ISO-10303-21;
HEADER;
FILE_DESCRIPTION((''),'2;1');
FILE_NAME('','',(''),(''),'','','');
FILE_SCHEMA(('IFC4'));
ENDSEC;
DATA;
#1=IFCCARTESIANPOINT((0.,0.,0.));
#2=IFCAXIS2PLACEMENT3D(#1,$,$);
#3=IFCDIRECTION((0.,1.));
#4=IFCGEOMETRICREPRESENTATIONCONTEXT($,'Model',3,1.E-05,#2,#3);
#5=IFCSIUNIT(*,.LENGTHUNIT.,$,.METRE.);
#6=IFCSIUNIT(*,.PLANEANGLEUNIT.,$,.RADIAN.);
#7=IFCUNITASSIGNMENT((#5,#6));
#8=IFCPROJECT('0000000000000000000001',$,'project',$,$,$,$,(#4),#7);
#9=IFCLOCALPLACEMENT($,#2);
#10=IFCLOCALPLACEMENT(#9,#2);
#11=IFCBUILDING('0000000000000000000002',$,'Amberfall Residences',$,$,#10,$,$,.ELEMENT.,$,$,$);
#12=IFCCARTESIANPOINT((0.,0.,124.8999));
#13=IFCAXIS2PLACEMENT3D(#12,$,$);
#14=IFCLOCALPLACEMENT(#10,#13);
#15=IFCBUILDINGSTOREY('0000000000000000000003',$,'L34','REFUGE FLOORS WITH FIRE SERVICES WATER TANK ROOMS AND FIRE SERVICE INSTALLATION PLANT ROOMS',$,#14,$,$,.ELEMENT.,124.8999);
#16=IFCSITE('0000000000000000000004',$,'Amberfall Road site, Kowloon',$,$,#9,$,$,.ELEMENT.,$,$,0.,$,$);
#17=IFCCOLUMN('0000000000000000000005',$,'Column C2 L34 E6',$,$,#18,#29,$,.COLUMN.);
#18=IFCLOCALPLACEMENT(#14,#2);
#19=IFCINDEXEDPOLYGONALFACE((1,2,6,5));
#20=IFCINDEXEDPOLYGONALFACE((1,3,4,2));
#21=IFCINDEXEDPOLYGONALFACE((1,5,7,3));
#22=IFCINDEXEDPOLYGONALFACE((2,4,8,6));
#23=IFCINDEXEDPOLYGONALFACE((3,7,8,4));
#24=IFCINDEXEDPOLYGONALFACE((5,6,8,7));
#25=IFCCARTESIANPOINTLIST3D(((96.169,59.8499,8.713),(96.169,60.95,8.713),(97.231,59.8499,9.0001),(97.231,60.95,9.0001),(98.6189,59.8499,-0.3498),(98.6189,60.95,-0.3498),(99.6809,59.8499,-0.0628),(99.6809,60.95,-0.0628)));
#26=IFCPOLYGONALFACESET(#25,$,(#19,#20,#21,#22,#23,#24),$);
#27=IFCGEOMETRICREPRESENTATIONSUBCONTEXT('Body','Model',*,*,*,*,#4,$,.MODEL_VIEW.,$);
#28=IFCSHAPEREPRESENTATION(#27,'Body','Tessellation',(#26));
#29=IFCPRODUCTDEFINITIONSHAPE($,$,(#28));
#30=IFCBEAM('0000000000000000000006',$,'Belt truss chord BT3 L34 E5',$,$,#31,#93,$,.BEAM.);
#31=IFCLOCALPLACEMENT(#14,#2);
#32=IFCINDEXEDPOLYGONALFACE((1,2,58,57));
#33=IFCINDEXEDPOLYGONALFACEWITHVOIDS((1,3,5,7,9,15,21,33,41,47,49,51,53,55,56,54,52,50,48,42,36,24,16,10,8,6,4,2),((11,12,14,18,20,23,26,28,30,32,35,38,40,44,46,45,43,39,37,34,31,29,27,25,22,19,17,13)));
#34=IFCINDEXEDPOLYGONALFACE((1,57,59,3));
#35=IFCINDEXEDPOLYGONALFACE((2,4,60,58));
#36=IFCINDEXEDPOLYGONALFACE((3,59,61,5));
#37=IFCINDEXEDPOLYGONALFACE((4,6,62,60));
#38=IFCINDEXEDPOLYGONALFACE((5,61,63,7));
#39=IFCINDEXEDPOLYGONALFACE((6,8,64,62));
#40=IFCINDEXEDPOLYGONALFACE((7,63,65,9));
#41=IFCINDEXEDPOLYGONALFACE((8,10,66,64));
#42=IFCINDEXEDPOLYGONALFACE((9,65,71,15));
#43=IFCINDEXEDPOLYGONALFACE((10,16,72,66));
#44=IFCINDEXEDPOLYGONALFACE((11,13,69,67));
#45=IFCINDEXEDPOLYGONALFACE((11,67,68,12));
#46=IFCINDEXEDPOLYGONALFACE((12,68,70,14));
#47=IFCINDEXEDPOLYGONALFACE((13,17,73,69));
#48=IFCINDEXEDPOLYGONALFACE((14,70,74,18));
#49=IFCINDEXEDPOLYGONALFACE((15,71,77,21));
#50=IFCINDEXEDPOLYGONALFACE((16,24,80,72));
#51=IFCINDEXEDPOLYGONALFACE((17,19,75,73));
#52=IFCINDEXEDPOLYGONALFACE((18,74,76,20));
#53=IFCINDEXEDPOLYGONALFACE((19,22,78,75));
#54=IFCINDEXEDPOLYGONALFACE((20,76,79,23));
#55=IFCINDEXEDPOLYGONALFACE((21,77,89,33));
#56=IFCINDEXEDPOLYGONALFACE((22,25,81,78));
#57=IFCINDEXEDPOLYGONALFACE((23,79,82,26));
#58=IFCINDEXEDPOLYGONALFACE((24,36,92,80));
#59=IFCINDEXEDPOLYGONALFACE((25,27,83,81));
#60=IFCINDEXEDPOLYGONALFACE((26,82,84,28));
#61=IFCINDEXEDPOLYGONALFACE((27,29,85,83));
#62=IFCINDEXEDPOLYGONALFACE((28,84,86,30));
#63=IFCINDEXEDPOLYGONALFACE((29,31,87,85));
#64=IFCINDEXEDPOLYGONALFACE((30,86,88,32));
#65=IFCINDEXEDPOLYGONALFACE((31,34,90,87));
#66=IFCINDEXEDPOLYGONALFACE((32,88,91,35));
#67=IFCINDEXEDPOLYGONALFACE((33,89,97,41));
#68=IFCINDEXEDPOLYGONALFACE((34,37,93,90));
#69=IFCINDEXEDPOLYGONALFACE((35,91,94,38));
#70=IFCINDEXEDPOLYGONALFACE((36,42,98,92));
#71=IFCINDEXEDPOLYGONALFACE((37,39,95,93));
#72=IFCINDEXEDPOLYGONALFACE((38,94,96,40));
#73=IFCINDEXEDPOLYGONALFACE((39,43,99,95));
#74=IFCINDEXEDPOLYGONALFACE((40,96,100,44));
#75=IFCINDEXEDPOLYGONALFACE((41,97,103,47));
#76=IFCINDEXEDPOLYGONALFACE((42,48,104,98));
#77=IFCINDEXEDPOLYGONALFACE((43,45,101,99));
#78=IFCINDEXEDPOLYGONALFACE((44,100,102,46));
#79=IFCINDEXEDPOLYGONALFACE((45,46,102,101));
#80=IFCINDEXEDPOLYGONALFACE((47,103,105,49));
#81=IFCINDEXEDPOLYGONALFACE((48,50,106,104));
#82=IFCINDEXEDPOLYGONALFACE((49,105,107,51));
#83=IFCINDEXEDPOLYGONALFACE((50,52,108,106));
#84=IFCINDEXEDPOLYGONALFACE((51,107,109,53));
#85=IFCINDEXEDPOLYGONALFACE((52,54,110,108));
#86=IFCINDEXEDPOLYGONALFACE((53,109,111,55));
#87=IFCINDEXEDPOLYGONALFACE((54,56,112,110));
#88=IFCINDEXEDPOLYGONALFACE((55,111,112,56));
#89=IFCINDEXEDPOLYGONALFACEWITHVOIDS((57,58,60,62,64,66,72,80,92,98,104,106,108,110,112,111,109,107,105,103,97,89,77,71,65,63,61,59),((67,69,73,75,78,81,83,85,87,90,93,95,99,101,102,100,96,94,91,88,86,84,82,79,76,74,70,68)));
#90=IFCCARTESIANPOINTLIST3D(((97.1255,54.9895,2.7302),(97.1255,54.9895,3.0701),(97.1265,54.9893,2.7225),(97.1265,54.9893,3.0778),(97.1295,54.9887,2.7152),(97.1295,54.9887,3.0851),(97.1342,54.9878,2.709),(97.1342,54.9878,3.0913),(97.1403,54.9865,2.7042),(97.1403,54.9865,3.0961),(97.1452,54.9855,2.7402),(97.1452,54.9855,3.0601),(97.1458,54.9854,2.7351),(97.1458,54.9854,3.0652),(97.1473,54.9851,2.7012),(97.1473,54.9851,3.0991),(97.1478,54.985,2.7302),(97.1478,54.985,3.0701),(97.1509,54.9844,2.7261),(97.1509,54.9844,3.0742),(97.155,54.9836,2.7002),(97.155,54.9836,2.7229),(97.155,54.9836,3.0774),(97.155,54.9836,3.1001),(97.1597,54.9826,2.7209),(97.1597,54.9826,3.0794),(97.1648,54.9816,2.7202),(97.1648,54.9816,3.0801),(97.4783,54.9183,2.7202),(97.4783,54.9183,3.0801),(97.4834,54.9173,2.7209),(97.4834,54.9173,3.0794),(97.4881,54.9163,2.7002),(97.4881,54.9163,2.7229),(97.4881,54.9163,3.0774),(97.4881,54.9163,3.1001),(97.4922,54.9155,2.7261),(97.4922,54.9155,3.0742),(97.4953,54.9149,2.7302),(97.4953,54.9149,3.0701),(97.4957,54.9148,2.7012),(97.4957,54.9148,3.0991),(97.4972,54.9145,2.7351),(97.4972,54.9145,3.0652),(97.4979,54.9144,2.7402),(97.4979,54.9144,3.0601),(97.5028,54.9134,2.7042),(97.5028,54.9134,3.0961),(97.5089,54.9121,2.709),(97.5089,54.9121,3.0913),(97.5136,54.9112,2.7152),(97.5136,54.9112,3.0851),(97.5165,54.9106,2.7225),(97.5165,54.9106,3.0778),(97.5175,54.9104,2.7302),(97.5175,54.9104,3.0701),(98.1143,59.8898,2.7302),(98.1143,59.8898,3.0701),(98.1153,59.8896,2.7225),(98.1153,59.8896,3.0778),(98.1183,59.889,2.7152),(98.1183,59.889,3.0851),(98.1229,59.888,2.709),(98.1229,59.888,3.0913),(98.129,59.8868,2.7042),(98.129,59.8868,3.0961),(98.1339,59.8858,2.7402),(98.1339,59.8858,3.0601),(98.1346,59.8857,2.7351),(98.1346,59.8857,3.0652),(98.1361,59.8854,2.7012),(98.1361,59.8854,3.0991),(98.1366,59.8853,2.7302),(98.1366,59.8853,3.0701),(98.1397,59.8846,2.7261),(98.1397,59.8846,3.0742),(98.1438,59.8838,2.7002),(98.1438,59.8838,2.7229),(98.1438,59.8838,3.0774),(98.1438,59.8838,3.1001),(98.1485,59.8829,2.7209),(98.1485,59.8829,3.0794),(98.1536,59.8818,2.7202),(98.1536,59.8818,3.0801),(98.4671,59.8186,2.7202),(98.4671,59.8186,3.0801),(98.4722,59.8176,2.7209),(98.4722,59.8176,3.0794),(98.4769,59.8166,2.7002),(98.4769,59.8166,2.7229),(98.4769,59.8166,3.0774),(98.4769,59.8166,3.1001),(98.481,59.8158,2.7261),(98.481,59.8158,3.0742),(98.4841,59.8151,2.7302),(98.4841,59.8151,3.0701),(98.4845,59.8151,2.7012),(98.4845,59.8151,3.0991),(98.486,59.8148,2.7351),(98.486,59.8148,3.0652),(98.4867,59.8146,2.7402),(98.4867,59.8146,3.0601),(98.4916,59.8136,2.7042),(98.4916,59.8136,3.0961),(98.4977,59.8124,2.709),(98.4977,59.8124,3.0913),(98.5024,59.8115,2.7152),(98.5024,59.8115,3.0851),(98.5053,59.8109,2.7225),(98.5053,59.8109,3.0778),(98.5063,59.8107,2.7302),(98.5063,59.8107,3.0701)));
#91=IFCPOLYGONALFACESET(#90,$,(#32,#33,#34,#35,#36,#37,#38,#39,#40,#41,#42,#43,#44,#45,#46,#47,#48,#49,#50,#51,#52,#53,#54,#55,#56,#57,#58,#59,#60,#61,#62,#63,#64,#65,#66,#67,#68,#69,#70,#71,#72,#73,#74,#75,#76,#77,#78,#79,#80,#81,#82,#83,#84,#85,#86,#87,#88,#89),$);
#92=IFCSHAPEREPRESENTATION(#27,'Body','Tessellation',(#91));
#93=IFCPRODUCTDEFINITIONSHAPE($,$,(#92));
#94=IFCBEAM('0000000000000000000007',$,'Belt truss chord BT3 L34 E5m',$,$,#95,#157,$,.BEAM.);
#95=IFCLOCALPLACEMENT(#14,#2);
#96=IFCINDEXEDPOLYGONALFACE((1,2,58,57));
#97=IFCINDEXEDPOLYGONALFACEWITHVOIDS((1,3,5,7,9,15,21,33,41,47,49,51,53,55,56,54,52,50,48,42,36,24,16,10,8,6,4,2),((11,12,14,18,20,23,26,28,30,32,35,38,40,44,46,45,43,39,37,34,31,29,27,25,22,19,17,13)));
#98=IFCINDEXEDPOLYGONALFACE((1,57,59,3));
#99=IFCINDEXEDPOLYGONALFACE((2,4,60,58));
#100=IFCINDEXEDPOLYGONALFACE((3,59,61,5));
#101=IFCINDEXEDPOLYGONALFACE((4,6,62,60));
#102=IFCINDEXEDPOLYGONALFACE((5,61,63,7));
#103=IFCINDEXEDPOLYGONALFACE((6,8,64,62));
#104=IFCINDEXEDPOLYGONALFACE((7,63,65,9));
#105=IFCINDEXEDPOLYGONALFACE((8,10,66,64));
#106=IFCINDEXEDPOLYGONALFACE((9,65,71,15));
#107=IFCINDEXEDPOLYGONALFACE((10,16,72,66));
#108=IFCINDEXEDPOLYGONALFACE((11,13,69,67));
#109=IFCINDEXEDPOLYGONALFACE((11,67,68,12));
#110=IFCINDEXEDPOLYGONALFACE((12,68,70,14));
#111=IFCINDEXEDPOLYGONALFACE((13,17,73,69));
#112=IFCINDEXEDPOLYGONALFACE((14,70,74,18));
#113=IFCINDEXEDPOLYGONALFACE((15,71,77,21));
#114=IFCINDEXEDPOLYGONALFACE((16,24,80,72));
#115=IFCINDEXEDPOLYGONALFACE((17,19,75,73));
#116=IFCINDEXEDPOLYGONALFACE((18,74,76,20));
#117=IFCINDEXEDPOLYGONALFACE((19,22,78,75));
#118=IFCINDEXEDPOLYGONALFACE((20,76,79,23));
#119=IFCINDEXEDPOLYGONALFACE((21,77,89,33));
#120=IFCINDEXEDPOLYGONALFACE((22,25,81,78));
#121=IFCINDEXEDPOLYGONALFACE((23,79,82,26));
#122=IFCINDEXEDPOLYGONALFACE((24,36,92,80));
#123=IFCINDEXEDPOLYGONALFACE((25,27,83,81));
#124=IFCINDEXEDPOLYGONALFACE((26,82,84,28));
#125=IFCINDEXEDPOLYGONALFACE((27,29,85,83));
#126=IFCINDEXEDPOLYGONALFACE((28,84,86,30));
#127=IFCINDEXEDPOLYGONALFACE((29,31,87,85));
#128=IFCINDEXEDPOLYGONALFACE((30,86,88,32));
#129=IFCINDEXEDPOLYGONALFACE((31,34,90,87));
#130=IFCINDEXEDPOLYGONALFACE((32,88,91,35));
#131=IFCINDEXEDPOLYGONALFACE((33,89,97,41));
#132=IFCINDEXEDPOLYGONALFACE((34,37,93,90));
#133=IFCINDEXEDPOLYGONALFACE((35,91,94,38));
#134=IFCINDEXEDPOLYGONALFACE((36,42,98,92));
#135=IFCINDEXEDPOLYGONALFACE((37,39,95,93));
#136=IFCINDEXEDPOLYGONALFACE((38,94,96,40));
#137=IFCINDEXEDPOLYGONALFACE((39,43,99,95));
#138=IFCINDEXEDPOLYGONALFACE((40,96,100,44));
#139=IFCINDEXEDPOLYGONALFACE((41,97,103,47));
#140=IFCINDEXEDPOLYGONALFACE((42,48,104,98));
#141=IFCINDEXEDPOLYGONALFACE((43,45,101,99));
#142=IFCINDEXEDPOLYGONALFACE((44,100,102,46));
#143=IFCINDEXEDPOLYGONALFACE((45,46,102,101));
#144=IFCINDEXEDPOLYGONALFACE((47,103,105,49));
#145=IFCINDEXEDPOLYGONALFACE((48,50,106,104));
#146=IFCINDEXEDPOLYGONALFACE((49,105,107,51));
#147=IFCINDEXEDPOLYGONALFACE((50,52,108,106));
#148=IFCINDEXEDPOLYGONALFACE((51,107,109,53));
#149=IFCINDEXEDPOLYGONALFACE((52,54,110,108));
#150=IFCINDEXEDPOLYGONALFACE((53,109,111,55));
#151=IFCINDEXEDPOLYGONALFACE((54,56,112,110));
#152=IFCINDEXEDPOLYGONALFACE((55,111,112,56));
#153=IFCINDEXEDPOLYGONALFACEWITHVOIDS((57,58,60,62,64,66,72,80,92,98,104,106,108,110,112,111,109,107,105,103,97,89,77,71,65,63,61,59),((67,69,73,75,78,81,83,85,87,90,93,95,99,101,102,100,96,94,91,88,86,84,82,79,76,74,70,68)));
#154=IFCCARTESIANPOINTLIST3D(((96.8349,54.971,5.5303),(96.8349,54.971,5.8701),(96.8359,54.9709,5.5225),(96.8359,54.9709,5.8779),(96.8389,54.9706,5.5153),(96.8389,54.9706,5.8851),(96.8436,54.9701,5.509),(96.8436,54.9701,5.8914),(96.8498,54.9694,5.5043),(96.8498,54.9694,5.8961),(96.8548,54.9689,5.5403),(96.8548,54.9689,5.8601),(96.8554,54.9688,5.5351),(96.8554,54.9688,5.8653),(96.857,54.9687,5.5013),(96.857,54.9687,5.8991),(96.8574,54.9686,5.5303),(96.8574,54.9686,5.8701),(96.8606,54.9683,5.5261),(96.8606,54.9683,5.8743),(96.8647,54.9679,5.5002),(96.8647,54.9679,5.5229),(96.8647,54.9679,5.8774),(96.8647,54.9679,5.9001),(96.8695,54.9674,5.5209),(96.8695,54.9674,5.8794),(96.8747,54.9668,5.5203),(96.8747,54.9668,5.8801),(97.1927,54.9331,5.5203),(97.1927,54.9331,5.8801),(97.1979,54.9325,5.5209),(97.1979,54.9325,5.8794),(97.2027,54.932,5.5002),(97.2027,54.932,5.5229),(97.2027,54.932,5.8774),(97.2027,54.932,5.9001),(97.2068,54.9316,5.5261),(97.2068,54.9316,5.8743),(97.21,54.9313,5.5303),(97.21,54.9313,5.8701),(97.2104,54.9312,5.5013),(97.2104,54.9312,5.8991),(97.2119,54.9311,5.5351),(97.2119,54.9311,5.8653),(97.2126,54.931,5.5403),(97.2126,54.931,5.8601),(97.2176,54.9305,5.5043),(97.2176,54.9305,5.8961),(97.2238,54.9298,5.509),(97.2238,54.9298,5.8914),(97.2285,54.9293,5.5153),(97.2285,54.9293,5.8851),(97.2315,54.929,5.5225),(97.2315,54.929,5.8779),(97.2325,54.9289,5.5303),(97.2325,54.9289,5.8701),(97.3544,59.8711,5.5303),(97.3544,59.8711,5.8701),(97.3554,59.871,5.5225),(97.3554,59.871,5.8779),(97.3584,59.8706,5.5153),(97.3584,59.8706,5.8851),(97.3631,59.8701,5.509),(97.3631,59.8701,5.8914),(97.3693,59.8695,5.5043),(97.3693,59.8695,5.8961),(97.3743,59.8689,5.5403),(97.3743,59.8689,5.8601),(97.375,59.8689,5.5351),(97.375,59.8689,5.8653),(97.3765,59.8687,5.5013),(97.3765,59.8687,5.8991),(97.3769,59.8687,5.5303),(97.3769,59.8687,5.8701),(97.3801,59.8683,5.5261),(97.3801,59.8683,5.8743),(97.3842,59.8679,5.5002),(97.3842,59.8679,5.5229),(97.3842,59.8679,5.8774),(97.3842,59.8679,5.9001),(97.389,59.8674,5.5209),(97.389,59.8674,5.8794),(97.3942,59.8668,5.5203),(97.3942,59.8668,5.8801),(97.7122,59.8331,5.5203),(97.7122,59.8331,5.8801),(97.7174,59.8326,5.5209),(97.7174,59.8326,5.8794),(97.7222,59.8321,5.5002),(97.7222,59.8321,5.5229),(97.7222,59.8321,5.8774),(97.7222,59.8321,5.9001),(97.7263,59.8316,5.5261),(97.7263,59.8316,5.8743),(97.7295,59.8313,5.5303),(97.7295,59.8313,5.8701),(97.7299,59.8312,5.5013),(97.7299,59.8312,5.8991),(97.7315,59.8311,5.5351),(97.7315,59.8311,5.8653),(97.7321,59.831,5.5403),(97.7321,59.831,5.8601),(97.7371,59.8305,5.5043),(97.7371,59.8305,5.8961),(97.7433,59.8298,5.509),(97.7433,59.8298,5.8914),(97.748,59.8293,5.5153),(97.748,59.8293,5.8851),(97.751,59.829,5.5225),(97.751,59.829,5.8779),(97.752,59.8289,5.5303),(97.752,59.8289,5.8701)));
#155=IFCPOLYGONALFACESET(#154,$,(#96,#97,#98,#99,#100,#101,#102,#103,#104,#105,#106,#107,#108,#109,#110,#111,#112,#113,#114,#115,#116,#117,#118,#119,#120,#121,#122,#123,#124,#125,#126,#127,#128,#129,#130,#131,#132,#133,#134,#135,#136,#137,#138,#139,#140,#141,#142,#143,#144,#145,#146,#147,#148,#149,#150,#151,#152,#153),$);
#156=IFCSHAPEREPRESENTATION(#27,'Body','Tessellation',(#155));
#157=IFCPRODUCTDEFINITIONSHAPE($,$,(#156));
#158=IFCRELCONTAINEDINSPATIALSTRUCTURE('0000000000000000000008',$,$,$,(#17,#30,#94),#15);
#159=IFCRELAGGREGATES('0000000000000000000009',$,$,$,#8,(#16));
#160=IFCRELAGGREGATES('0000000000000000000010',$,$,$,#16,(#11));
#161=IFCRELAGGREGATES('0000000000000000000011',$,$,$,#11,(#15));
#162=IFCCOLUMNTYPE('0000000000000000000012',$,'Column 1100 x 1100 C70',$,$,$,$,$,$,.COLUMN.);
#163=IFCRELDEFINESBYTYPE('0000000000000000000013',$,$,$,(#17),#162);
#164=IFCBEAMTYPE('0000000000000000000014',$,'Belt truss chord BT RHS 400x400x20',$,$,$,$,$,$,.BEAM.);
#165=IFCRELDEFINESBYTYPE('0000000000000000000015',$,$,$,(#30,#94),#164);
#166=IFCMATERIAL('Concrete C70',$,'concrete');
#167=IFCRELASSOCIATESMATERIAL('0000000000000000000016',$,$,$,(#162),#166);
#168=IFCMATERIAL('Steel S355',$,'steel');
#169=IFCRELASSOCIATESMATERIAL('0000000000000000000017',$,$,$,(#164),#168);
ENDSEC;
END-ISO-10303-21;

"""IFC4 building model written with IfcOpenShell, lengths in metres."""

from ifc_helpers import new_model, si_unit, direction, frame, origin, origin_2d, place, context, subcontext, project, spatial, rectangle, hollow_rectangle, extrude, material, material_profile, profile_set, type_object, element, save


model = new_model("IFC4")

# Units and contexts
model_context = context("Model", 3, precision=1e-05, world=origin(), true_north=direction((0.0, 1.0)))
body_context = subcontext(model_context, "Body", "Model", "MODEL_VIEW")
ifc_project = project(units=[si_unit("LENGTHUNIT", "METRE"), si_unit("PLANEANGLEUNIT", "RADIAN")], contexts=[model_context])

# Site, building, storey
site_placement = place(None, origin())
site = spatial("IfcSite", under=ifc_project, at=site_placement, Name="Amberfall Road site, Kowloon", CompositionType="ELEMENT", RefElevation=0.0)
building_placement = place(site_placement, origin())
building = spatial("IfcBuilding", under=site, at=building_placement, Name="Amberfall Residences", CompositionType="ELEMENT")
storey_placement = place(building_placement, frame((0.0, 0.0, 124.8999)))
storey = spatial("IfcBuildingStorey", under=building, at=storey_placement, Name="L34", Description="REFUGE FLOORS WITH FIRE SERVICES WATER TANK ROOMS AND FIRE SERVICE INSTALLATION PLANT ROOMS", CompositionType="ELEMENT", Elevation=124.8999)

# Column
ifc_material_1 = material(Name="Concrete C70", Category="concrete")
ifc_material_profile_1 = material_profile(ifc_material_1, rectangle(XDim=1.1001, YDim=1.1001, at=origin_2d()), Name="Column 1100 x 1100 C70")
ifc_profile_set_1 = profile_set([ifc_material_profile_1], Name="Concrete C70")
column_type = type_object("IfcColumnType", Name="Column 1100 x 1100 C70", PredefinedType="COLUMN", material=ifc_profile_set_1)
column_placement = place(storey_placement, frame((99.1499, 60.3999, -0.2063), z_axis=(-0.260958, 0.0, 0.96535), x_axis=(0.0, -1.0, 0.0)))
element("IfcColumn", 1, at=column_placement, inside=storey, type_object=column_type, Name="Column C2 L34 E6", PredefinedType="COLUMN", context=body_context, shape_type="SweptSolid", body=[
    extrude(rectangle(XDim=1.1001, YDim=1.1001, at=origin_2d()), origin(), (0.0, 0.0, 1.0), 9.3882),
])

# Beams
ifc_material_2 = material(Name="Steel S355", Category="steel")
ifc_material_profile_2 = material_profile(ifc_material_2, hollow_rectangle(XDim=0.3999, YDim=0.3999, WallThickness=0.02, InnerFilletRadius=0.02, OuterFilletRadius=0.03, at=origin_2d()), Name="RHS 400x400x20")
ifc_profile_set_2 = profile_set([ifc_material_profile_2], Name="Steel S355")
beam_type_1 = type_object("IfcBeamType", Name="Belt truss chord BT RHS 400x400x20", PredefinedType="BEAM", material=ifc_profile_set_2)
beam_1_placement = place(storey_placement, frame((97.3215, 54.95, 2.9001), z_axis=(0.197797, 0.980243, 0.0), x_axis=(-0.980243, 0.197797, 0.0)))
element("IfcBeam", 2, at=beam_1_placement, inside=storey, type_object=beam_type_1, Name="Belt truss chord BT3 L34 E5", PredefinedType="BEAM", context=body_context, shape_type="SweptSolid", body=[
    extrude(hollow_rectangle(XDim=0.3999, YDim=0.3999, WallThickness=0.02, InnerFilletRadius=0.02, OuterFilletRadius=0.03, at=origin_2d()), origin(), (0.0, 0.0, 1.0), 4.999),
])
beam_2_placement = place(storey_placement, frame((97.0337, 54.95, 5.7002), z_axis=(0.105433, 0.994426, 0.0), x_axis=(-0.994426, 0.105433, 0.0)))
element("IfcBeam", 3, at=beam_2_placement, inside=storey, type_object=beam_type_1, Name="Belt truss chord BT3 L34 E5m", PredefinedType="BEAM", context=body_context, shape_type="SweptSolid", body=[
    extrude(hollow_rectangle(XDim=0.3999, YDim=0.3999, WallThickness=0.02, InnerFilletRadius=0.02, OuterFilletRadius=0.03, at=origin_2d()), origin(), (0.0, 0.0, 1.0), 4.9275),
])

save(model, "model.ifc")
